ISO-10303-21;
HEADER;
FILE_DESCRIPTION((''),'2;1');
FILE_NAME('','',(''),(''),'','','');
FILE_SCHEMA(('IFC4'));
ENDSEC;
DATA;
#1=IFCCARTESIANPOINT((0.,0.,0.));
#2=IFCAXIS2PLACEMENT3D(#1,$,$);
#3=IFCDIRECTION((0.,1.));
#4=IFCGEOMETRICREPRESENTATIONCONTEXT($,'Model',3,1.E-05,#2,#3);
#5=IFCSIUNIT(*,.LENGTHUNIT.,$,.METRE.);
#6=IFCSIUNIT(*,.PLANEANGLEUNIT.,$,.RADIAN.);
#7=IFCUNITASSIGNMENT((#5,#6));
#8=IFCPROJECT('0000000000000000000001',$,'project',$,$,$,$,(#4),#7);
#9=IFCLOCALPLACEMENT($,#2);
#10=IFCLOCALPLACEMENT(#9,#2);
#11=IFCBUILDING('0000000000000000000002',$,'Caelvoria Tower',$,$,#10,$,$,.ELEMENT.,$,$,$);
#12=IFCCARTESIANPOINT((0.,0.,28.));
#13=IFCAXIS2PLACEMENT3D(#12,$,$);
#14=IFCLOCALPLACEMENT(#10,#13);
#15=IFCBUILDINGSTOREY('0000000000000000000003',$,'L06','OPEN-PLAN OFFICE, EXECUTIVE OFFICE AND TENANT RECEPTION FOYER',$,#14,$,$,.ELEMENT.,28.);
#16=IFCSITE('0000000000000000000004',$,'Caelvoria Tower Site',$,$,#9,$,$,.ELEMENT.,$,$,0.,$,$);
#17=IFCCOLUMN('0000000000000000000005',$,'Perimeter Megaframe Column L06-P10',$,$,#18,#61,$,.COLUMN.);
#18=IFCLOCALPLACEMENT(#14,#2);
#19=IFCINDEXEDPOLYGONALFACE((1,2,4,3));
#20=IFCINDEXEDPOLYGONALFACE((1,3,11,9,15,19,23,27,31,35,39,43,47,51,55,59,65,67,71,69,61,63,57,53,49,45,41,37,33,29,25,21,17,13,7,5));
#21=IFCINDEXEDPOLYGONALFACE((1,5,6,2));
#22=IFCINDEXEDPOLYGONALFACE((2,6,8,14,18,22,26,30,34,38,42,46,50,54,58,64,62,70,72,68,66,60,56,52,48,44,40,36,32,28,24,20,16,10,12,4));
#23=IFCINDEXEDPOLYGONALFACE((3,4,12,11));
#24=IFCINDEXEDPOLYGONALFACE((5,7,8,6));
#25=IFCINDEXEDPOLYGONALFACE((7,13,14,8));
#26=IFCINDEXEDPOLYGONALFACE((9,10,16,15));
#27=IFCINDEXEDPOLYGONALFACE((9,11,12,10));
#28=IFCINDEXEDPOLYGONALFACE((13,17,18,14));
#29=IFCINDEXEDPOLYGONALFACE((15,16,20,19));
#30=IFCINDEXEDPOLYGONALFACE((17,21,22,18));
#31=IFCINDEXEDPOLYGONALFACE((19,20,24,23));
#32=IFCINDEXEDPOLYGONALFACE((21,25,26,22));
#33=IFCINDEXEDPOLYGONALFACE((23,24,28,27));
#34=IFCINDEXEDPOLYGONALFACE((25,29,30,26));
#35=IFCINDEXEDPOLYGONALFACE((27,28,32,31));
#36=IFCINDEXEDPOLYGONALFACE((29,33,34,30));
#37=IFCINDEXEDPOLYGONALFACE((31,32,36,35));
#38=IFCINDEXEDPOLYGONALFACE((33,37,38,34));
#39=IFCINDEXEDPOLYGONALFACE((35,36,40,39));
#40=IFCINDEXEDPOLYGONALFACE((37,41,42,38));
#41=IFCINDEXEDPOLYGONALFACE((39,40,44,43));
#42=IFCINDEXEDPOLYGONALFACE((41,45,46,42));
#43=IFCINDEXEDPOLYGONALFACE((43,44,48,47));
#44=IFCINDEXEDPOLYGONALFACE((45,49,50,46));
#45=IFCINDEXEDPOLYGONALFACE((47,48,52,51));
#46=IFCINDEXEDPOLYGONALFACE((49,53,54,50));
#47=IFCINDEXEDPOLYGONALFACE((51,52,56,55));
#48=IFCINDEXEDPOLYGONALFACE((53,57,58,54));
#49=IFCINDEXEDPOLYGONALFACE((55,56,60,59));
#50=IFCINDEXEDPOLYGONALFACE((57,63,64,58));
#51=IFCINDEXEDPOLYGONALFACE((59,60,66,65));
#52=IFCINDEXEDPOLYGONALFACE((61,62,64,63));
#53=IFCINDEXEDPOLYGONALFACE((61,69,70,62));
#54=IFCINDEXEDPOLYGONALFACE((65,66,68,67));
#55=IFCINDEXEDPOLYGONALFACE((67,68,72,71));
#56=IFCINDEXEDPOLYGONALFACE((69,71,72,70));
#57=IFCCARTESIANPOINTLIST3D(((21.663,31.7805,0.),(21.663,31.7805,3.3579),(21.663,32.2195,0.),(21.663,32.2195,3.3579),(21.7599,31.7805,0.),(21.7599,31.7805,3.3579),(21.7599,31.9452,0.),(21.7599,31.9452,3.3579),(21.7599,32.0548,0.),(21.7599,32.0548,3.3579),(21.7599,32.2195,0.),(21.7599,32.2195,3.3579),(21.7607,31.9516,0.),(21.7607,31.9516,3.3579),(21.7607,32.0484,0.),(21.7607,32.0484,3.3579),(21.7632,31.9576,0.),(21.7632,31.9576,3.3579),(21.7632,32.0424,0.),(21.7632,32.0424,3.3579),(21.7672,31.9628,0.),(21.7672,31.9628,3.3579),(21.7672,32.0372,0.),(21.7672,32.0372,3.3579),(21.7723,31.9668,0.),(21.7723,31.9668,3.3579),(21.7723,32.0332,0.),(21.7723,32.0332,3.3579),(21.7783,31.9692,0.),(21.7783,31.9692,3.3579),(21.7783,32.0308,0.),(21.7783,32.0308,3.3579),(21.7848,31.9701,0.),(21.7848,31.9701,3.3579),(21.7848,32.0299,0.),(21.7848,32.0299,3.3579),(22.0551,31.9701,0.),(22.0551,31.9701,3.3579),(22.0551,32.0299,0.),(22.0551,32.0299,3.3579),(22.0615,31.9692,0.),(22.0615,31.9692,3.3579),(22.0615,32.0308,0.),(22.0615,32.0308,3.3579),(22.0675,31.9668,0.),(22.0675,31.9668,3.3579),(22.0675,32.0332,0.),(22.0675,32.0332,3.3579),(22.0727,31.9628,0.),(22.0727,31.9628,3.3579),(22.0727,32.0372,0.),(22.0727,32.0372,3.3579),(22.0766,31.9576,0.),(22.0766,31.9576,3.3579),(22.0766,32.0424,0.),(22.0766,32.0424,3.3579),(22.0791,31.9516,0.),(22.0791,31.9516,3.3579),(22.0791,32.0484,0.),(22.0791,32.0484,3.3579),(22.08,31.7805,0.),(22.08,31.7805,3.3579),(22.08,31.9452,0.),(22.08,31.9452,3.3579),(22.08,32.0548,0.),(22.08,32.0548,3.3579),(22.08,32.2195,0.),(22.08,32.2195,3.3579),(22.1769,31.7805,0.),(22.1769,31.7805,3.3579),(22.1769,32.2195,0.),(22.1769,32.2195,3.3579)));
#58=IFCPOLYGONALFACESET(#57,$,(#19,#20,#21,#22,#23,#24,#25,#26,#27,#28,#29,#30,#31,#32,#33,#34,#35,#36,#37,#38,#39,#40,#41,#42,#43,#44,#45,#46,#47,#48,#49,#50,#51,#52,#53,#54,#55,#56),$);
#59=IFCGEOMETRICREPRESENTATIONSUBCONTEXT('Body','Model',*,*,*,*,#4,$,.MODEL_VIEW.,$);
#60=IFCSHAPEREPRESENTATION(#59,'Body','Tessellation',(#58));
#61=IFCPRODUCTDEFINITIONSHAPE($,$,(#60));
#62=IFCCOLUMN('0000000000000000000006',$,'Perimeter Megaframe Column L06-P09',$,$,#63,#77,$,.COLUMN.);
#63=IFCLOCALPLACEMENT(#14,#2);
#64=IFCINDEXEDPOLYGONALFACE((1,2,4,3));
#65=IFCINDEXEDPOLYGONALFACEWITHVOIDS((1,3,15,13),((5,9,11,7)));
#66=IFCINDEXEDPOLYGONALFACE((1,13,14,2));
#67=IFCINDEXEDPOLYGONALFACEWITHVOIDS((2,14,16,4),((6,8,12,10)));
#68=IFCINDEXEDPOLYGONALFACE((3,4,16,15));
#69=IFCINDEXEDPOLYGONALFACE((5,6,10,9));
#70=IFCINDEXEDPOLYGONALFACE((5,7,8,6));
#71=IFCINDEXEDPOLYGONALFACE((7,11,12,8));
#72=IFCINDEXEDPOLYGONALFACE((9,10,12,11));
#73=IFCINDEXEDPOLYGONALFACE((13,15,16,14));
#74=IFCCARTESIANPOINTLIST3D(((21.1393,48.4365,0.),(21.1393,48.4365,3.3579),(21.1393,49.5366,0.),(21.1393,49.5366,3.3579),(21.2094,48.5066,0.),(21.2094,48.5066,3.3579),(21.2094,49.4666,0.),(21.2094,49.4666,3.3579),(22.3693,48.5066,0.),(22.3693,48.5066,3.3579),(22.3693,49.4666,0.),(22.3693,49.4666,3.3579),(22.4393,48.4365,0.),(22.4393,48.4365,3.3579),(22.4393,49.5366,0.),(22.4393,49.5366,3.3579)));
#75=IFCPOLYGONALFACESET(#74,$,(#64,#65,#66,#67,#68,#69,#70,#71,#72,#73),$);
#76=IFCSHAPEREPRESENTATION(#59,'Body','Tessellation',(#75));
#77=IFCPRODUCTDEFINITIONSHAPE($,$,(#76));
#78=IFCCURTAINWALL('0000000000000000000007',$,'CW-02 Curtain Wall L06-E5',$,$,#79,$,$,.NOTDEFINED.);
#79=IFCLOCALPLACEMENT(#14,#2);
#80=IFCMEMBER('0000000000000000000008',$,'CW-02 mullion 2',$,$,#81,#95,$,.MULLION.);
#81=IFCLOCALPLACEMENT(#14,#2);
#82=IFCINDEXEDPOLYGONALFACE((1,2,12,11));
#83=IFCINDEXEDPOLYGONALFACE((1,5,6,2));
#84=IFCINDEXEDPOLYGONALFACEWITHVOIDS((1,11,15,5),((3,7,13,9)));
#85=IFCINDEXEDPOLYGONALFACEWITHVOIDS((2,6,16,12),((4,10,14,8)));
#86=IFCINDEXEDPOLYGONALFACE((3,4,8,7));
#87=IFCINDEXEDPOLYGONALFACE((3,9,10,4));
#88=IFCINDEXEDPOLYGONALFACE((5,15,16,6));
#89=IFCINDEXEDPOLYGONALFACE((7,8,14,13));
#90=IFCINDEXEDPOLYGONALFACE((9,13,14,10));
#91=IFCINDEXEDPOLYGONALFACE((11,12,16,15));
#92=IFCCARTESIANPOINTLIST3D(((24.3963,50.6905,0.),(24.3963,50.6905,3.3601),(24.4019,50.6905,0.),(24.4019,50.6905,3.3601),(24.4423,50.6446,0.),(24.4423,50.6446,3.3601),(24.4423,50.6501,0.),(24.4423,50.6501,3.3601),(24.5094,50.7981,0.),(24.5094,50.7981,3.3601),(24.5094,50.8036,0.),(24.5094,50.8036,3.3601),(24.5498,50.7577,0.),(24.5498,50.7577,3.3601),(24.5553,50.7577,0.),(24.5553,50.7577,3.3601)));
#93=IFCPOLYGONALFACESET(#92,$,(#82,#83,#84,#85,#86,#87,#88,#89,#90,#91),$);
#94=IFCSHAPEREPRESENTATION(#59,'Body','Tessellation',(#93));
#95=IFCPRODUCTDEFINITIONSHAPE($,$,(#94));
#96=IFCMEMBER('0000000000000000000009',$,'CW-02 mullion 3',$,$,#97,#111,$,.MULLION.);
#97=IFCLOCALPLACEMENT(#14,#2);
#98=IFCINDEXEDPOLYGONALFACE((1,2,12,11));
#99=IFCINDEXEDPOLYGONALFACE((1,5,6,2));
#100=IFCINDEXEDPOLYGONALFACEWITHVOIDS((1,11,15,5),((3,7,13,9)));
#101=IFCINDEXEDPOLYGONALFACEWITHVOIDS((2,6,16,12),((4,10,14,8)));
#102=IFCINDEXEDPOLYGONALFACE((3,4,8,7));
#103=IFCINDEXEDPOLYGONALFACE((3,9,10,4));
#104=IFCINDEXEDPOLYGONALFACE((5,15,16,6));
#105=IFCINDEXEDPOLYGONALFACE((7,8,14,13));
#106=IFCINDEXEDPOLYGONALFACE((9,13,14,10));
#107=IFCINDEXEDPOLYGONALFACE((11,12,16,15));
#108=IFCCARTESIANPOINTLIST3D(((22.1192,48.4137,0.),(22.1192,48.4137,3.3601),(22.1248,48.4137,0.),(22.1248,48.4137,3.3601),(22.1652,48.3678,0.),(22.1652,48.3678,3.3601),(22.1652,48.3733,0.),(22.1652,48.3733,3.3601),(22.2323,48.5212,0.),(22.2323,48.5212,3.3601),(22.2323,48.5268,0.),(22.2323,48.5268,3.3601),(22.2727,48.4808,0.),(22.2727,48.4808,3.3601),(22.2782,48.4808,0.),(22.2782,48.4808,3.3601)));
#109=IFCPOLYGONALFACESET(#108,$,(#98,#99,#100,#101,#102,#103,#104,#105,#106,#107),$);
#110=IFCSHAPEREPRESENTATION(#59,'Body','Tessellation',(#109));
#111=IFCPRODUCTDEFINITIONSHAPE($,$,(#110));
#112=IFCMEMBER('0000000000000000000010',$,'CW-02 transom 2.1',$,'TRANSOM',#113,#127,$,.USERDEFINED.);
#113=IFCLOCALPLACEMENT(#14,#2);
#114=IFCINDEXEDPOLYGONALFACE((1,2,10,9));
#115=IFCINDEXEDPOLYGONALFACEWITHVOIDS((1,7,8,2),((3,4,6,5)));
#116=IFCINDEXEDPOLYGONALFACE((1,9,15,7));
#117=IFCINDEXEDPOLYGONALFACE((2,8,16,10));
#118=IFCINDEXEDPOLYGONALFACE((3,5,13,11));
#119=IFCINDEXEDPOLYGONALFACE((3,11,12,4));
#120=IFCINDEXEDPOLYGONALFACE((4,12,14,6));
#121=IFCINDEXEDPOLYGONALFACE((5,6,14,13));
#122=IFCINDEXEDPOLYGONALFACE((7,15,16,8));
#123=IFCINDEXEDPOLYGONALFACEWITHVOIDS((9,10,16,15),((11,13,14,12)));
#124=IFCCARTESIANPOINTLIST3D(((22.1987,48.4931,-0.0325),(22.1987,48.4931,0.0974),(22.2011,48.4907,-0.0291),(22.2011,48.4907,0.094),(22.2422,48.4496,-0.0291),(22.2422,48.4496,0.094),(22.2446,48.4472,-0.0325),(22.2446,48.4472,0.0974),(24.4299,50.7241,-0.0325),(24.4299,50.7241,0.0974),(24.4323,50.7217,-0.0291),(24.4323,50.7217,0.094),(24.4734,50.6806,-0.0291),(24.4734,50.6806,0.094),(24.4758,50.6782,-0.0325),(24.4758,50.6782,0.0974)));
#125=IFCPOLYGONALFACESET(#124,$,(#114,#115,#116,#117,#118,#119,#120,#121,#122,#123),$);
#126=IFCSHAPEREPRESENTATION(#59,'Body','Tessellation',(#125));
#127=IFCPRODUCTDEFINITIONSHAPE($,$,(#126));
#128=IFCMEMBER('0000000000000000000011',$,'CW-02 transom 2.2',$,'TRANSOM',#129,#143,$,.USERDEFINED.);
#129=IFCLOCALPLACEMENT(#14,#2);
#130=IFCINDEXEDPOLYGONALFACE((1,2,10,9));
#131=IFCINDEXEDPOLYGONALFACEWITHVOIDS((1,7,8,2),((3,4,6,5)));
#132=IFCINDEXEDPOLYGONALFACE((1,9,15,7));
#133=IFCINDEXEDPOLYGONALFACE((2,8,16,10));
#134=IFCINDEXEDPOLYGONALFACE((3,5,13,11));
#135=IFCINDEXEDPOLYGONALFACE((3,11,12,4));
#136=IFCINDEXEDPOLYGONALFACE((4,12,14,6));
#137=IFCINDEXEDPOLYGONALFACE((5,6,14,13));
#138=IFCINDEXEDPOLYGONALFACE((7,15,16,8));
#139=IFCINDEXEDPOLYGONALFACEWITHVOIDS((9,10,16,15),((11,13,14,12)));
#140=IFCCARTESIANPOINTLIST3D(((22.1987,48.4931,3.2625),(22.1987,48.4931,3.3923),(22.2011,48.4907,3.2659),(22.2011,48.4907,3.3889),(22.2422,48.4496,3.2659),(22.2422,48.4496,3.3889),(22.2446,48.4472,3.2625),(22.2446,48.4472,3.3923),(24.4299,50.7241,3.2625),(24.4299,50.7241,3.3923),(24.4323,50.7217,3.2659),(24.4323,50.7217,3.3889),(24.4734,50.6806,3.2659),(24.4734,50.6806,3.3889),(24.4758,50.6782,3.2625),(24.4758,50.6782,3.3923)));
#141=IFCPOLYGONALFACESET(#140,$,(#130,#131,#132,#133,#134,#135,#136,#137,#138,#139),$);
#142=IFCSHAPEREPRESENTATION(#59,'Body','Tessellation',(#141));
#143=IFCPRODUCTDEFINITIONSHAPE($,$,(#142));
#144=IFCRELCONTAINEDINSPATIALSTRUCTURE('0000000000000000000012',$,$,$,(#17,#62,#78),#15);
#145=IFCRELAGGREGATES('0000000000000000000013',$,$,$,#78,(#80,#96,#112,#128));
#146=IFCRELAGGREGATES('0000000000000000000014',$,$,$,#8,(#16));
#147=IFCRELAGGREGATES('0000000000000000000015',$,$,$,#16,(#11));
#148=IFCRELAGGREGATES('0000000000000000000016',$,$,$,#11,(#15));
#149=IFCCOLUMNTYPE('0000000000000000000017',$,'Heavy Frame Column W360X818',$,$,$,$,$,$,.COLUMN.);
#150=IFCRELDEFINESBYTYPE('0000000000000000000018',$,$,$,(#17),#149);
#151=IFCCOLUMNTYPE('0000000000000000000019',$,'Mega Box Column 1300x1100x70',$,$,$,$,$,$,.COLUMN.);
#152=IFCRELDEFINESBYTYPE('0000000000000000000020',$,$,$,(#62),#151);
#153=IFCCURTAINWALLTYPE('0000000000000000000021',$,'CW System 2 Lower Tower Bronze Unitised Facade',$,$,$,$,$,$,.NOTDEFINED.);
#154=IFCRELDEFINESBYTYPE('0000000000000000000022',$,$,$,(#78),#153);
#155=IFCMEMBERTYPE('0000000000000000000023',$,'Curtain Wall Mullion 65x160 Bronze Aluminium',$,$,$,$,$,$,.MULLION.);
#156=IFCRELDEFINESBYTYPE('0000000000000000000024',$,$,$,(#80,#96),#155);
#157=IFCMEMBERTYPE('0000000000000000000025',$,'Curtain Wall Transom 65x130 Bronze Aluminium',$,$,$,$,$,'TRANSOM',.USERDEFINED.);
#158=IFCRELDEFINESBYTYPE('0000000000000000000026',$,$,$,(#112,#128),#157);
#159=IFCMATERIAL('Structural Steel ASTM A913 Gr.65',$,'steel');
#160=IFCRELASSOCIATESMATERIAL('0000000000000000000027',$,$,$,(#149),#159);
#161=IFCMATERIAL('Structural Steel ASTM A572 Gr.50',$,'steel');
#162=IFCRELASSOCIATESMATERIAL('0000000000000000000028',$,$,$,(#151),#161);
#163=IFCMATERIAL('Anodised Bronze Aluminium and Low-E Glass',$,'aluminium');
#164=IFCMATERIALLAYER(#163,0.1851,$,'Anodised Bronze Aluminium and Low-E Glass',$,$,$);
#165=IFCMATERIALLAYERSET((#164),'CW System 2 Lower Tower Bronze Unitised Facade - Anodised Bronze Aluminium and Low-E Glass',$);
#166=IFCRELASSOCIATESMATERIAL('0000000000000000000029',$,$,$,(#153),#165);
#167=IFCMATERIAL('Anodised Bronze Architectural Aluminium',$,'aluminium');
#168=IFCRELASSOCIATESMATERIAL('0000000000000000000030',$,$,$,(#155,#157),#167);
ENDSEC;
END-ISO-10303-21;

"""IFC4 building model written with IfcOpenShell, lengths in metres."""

from ifc_helpers import new_model, si_unit, direction, frame, origin, origin_2d, place, context, subcontext, project, spatial, hollow_rectangle, i_section, extrude, material, layer, layer_set, material_profile, profile_set, type_object, element, aggregate, save


model = new_model("IFC4")

# Units and contexts
model_context = context("Model", 3, precision=1e-05, world=origin(), true_north=direction((0.0, 1.0)))
body_context = subcontext(model_context, "Body", "Model", "MODEL_VIEW")
ifc_project = project(units=[si_unit("LENGTHUNIT", "METRE"), si_unit("PLANEANGLEUNIT", "RADIAN")], contexts=[model_context])

# Site, building, storey
site_placement = place(None, origin())
site = spatial("IfcSite", under=ifc_project, at=site_placement, Name="Caelvoria Tower Site", CompositionType="ELEMENT", RefElevation=0.0)
building_placement = place(site_placement, origin())
building = spatial("IfcBuilding", under=site, at=building_placement, Name="Caelvoria Tower", CompositionType="ELEMENT")
storey_placement = place(building_placement, frame((0.0, 0.0, 28.0)))
storey = spatial("IfcBuildingStorey", under=building, at=storey_placement, Name="L06", Description="OPEN-PLAN OFFICE, EXECUTIVE OFFICE AND TENANT RECEPTION FOYER", CompositionType="ELEMENT", Elevation=28.0)

# Columns
ifc_material_1 = material(Name="Structural Steel ASTM A913 Gr.65", Category="steel")
ifc_material_profile_1 = material_profile(ifc_material_1, i_section(OverallWidth=0.439, OverallDepth=0.5139, WebThickness=0.0598, FlangeThickness=0.0969, FilletRadius=0.0249, at=origin_2d()), Name="Structural Steel ASTM A913 Gr.65")
ifc_profile_set_1 = profile_set([ifc_material_profile_1], Name="W360X818 - Structural Steel ASTM A913 Gr.65")
column_type_1 = type_object("IfcColumnType", Name="Heavy Frame Column W360X818", PredefinedType="COLUMN", material=ifc_profile_set_1)
column_1_placement = place(storey_placement, frame((21.9199, 32.0, 0.0), z_axis=(0.0, 0.0, 1.0), x_axis=(0.0, 1.0, 0.0)))
element("IfcColumn", 1, at=column_1_placement, inside=storey, type_object=column_type_1, Name="Perimeter Megaframe Column L06-P10", PredefinedType="COLUMN", context=body_context, shape_type="SweptSolid", body=[
    extrude(i_section(OverallWidth=0.439, OverallDepth=0.5139, WebThickness=0.0598, FlangeThickness=0.0969, FilletRadius=0.0249, at=origin_2d()), origin(), (0.0, 0.0, 1.0), 3.3579),
])
ifc_material_2 = material(Name="Structural Steel ASTM A572 Gr.50", Category="steel")
ifc_material_profile_2 = material_profile(ifc_material_2, hollow_rectangle(XDim=1.1001, YDim=1.3, WallThickness=0.0701, at=origin_2d()), Name="Structural Steel ASTM A572 Gr.50")
ifc_profile_set_2 = profile_set([ifc_material_profile_2], Name="BOX1300X1100X70 - Structural Steel ASTM A572 Gr.50")
column_type_2 = type_object("IfcColumnType", Name="Mega Box Column 1300x1100x70", PredefinedType="COLUMN", material=ifc_profile_set_2)
column_2_placement = place(storey_placement, frame((21.7893, 48.9866, 0.0), z_axis=(0.0, 0.0, 1.0), x_axis=(0.0, 1.0, 0.0)))
element("IfcColumn", 2, at=column_2_placement, inside=storey, type_object=column_type_2, Name="Perimeter Megaframe Column L06-P09", PredefinedType="COLUMN", context=body_context, shape_type="SweptSolid", body=[
    extrude(hollow_rectangle(XDim=1.1001, YDim=1.3, WallThickness=0.0701, at=origin_2d()), origin(), (0.0, 0.0, 1.0), 3.3579),
])

# Curtain wall, members
ifc_material_3 = material(Name="Anodised Bronze Aluminium and Low-E Glass", Category="aluminium")
ifc_layer_1 = layer(ifc_material_3, 0.1851, Name="Anodised Bronze Aluminium and Low-E Glass")
ifc_layer_set_1 = layer_set([ifc_layer_1], Name="CW System 2 Lower Tower Bronze Unitised Facade - Anodised Bronze Aluminium and Low-E Glass")
curtain_wall_type = type_object("IfcCurtainWallType", Name="CW System 2 Lower Tower Bronze Unitised Facade", PredefinedType="NOTDEFINED", material=ifc_layer_set_1)
curtain_wall_placement = place(storey_placement, origin())
curtain_wall = element("IfcCurtainWall", 3, at=curtain_wall_placement, inside=storey, type_object=curtain_wall_type, Name="CW-02 Curtain Wall L06-E5", PredefinedType="NOTDEFINED")
ifc_material_4 = material(Name="Anodised Bronze Architectural Aluminium", Category="aluminium")
ifc_material_profile_3 = material_profile(ifc_material_4, hollow_rectangle(XDim=0.0649, YDim=0.1599, WallThickness=0.0039, at=origin_2d()), Name="Anodised Bronze Architectural Aluminium")
ifc_profile_set_3 = profile_set([ifc_material_profile_3], Name="CW_MULL_65X160 - Anodised Bronze Architectural Aluminium")
member_type_1 = type_object("IfcMemberType", Name="Curtain Wall Mullion 65x160 Bronze Aluminium", PredefinedType="MULLION", material=ifc_profile_set_3)
member_1_placement = place(storey_placement, frame((24.4758, 50.7241, 0.0), z_axis=(0.0, 0.0, 1.0), x_axis=(0.707107, -0.707107, 0.0)))
member_1 = element("IfcMember", 4, at=member_1_placement, type_object=member_type_1, Name="CW-02 mullion 2", PredefinedType="MULLION", context=body_context, shape_type="SweptSolid", body=[
    extrude(hollow_rectangle(XDim=0.0649, YDim=0.1599, WallThickness=0.0039, at=origin_2d()), origin(), (0.0, 0.0, 1.0), 3.3601),
])
member_2_placement = place(storey_placement, frame((22.1987, 48.4473, 0.0), z_axis=(0.0, 0.0, 1.0), x_axis=(0.707107, -0.707107, 0.0)))
member_2 = element("IfcMember", 5, at=member_2_placement, type_object=member_type_1, Name="CW-02 mullion 3", PredefinedType="MULLION", context=body_context, shape_type="SweptSolid", body=[
    extrude(hollow_rectangle(XDim=0.0649, YDim=0.1599, WallThickness=0.0039, at=origin_2d()), origin(), (0.0, 0.0, 1.0), 3.3601),
])
ifc_material_profile_4 = material_profile(ifc_material_4, hollow_rectangle(XDim=0.0649, YDim=0.1299, WallThickness=0.0034, at=origin_2d()), Name="Anodised Bronze Architectural Aluminium")
ifc_profile_set_4 = profile_set([ifc_material_profile_4], Name="CW_TRAN_65X130 - Anodised Bronze Architectural Aluminium")
member_type_2 = type_object("IfcMemberType", Name="Curtain Wall Transom 65x130 Bronze Aluminium", ElementType="TRANSOM", PredefinedType="USERDEFINED", material=ifc_profile_set_4)
member_3_placement = place(storey_placement, frame((24.4529, 50.7012, 0.0325), z_axis=(-0.707145, -0.707068, 0.0), x_axis=(0.707068, -0.707145, 0.0)))
member_3 = element("IfcMember", 6, at=member_3_placement, type_object=member_type_2, Name="CW-02 transom 2.1", ObjectType="TRANSOM", PredefinedType="USERDEFINED", context=body_context, shape_type="SweptSolid", body=[
    extrude(hollow_rectangle(XDim=0.0649, YDim=0.1299, WallThickness=0.0034, at=origin_2d()), origin(), (0.0, 0.0, 1.0), 3.1553),
])
member_4_placement = place(storey_placement, frame((24.4529, 50.7012, 3.3274), z_axis=(-0.707145, -0.707068, 0.0), x_axis=(0.707068, -0.707145, 0.0)))
member_4 = element("IfcMember", 7, at=member_4_placement, type_object=member_type_2, Name="CW-02 transom 2.2", ObjectType="TRANSOM", PredefinedType="USERDEFINED", context=body_context, shape_type="SweptSolid", body=[
    extrude(hollow_rectangle(XDim=0.0649, YDim=0.1299, WallThickness=0.0034, at=origin_2d()), origin(), (0.0, 0.0, 1.0), 3.1553),
])

aggregate(curtain_wall, [member_1, member_2, member_3, member_4])

save(model, "model.ifc")
